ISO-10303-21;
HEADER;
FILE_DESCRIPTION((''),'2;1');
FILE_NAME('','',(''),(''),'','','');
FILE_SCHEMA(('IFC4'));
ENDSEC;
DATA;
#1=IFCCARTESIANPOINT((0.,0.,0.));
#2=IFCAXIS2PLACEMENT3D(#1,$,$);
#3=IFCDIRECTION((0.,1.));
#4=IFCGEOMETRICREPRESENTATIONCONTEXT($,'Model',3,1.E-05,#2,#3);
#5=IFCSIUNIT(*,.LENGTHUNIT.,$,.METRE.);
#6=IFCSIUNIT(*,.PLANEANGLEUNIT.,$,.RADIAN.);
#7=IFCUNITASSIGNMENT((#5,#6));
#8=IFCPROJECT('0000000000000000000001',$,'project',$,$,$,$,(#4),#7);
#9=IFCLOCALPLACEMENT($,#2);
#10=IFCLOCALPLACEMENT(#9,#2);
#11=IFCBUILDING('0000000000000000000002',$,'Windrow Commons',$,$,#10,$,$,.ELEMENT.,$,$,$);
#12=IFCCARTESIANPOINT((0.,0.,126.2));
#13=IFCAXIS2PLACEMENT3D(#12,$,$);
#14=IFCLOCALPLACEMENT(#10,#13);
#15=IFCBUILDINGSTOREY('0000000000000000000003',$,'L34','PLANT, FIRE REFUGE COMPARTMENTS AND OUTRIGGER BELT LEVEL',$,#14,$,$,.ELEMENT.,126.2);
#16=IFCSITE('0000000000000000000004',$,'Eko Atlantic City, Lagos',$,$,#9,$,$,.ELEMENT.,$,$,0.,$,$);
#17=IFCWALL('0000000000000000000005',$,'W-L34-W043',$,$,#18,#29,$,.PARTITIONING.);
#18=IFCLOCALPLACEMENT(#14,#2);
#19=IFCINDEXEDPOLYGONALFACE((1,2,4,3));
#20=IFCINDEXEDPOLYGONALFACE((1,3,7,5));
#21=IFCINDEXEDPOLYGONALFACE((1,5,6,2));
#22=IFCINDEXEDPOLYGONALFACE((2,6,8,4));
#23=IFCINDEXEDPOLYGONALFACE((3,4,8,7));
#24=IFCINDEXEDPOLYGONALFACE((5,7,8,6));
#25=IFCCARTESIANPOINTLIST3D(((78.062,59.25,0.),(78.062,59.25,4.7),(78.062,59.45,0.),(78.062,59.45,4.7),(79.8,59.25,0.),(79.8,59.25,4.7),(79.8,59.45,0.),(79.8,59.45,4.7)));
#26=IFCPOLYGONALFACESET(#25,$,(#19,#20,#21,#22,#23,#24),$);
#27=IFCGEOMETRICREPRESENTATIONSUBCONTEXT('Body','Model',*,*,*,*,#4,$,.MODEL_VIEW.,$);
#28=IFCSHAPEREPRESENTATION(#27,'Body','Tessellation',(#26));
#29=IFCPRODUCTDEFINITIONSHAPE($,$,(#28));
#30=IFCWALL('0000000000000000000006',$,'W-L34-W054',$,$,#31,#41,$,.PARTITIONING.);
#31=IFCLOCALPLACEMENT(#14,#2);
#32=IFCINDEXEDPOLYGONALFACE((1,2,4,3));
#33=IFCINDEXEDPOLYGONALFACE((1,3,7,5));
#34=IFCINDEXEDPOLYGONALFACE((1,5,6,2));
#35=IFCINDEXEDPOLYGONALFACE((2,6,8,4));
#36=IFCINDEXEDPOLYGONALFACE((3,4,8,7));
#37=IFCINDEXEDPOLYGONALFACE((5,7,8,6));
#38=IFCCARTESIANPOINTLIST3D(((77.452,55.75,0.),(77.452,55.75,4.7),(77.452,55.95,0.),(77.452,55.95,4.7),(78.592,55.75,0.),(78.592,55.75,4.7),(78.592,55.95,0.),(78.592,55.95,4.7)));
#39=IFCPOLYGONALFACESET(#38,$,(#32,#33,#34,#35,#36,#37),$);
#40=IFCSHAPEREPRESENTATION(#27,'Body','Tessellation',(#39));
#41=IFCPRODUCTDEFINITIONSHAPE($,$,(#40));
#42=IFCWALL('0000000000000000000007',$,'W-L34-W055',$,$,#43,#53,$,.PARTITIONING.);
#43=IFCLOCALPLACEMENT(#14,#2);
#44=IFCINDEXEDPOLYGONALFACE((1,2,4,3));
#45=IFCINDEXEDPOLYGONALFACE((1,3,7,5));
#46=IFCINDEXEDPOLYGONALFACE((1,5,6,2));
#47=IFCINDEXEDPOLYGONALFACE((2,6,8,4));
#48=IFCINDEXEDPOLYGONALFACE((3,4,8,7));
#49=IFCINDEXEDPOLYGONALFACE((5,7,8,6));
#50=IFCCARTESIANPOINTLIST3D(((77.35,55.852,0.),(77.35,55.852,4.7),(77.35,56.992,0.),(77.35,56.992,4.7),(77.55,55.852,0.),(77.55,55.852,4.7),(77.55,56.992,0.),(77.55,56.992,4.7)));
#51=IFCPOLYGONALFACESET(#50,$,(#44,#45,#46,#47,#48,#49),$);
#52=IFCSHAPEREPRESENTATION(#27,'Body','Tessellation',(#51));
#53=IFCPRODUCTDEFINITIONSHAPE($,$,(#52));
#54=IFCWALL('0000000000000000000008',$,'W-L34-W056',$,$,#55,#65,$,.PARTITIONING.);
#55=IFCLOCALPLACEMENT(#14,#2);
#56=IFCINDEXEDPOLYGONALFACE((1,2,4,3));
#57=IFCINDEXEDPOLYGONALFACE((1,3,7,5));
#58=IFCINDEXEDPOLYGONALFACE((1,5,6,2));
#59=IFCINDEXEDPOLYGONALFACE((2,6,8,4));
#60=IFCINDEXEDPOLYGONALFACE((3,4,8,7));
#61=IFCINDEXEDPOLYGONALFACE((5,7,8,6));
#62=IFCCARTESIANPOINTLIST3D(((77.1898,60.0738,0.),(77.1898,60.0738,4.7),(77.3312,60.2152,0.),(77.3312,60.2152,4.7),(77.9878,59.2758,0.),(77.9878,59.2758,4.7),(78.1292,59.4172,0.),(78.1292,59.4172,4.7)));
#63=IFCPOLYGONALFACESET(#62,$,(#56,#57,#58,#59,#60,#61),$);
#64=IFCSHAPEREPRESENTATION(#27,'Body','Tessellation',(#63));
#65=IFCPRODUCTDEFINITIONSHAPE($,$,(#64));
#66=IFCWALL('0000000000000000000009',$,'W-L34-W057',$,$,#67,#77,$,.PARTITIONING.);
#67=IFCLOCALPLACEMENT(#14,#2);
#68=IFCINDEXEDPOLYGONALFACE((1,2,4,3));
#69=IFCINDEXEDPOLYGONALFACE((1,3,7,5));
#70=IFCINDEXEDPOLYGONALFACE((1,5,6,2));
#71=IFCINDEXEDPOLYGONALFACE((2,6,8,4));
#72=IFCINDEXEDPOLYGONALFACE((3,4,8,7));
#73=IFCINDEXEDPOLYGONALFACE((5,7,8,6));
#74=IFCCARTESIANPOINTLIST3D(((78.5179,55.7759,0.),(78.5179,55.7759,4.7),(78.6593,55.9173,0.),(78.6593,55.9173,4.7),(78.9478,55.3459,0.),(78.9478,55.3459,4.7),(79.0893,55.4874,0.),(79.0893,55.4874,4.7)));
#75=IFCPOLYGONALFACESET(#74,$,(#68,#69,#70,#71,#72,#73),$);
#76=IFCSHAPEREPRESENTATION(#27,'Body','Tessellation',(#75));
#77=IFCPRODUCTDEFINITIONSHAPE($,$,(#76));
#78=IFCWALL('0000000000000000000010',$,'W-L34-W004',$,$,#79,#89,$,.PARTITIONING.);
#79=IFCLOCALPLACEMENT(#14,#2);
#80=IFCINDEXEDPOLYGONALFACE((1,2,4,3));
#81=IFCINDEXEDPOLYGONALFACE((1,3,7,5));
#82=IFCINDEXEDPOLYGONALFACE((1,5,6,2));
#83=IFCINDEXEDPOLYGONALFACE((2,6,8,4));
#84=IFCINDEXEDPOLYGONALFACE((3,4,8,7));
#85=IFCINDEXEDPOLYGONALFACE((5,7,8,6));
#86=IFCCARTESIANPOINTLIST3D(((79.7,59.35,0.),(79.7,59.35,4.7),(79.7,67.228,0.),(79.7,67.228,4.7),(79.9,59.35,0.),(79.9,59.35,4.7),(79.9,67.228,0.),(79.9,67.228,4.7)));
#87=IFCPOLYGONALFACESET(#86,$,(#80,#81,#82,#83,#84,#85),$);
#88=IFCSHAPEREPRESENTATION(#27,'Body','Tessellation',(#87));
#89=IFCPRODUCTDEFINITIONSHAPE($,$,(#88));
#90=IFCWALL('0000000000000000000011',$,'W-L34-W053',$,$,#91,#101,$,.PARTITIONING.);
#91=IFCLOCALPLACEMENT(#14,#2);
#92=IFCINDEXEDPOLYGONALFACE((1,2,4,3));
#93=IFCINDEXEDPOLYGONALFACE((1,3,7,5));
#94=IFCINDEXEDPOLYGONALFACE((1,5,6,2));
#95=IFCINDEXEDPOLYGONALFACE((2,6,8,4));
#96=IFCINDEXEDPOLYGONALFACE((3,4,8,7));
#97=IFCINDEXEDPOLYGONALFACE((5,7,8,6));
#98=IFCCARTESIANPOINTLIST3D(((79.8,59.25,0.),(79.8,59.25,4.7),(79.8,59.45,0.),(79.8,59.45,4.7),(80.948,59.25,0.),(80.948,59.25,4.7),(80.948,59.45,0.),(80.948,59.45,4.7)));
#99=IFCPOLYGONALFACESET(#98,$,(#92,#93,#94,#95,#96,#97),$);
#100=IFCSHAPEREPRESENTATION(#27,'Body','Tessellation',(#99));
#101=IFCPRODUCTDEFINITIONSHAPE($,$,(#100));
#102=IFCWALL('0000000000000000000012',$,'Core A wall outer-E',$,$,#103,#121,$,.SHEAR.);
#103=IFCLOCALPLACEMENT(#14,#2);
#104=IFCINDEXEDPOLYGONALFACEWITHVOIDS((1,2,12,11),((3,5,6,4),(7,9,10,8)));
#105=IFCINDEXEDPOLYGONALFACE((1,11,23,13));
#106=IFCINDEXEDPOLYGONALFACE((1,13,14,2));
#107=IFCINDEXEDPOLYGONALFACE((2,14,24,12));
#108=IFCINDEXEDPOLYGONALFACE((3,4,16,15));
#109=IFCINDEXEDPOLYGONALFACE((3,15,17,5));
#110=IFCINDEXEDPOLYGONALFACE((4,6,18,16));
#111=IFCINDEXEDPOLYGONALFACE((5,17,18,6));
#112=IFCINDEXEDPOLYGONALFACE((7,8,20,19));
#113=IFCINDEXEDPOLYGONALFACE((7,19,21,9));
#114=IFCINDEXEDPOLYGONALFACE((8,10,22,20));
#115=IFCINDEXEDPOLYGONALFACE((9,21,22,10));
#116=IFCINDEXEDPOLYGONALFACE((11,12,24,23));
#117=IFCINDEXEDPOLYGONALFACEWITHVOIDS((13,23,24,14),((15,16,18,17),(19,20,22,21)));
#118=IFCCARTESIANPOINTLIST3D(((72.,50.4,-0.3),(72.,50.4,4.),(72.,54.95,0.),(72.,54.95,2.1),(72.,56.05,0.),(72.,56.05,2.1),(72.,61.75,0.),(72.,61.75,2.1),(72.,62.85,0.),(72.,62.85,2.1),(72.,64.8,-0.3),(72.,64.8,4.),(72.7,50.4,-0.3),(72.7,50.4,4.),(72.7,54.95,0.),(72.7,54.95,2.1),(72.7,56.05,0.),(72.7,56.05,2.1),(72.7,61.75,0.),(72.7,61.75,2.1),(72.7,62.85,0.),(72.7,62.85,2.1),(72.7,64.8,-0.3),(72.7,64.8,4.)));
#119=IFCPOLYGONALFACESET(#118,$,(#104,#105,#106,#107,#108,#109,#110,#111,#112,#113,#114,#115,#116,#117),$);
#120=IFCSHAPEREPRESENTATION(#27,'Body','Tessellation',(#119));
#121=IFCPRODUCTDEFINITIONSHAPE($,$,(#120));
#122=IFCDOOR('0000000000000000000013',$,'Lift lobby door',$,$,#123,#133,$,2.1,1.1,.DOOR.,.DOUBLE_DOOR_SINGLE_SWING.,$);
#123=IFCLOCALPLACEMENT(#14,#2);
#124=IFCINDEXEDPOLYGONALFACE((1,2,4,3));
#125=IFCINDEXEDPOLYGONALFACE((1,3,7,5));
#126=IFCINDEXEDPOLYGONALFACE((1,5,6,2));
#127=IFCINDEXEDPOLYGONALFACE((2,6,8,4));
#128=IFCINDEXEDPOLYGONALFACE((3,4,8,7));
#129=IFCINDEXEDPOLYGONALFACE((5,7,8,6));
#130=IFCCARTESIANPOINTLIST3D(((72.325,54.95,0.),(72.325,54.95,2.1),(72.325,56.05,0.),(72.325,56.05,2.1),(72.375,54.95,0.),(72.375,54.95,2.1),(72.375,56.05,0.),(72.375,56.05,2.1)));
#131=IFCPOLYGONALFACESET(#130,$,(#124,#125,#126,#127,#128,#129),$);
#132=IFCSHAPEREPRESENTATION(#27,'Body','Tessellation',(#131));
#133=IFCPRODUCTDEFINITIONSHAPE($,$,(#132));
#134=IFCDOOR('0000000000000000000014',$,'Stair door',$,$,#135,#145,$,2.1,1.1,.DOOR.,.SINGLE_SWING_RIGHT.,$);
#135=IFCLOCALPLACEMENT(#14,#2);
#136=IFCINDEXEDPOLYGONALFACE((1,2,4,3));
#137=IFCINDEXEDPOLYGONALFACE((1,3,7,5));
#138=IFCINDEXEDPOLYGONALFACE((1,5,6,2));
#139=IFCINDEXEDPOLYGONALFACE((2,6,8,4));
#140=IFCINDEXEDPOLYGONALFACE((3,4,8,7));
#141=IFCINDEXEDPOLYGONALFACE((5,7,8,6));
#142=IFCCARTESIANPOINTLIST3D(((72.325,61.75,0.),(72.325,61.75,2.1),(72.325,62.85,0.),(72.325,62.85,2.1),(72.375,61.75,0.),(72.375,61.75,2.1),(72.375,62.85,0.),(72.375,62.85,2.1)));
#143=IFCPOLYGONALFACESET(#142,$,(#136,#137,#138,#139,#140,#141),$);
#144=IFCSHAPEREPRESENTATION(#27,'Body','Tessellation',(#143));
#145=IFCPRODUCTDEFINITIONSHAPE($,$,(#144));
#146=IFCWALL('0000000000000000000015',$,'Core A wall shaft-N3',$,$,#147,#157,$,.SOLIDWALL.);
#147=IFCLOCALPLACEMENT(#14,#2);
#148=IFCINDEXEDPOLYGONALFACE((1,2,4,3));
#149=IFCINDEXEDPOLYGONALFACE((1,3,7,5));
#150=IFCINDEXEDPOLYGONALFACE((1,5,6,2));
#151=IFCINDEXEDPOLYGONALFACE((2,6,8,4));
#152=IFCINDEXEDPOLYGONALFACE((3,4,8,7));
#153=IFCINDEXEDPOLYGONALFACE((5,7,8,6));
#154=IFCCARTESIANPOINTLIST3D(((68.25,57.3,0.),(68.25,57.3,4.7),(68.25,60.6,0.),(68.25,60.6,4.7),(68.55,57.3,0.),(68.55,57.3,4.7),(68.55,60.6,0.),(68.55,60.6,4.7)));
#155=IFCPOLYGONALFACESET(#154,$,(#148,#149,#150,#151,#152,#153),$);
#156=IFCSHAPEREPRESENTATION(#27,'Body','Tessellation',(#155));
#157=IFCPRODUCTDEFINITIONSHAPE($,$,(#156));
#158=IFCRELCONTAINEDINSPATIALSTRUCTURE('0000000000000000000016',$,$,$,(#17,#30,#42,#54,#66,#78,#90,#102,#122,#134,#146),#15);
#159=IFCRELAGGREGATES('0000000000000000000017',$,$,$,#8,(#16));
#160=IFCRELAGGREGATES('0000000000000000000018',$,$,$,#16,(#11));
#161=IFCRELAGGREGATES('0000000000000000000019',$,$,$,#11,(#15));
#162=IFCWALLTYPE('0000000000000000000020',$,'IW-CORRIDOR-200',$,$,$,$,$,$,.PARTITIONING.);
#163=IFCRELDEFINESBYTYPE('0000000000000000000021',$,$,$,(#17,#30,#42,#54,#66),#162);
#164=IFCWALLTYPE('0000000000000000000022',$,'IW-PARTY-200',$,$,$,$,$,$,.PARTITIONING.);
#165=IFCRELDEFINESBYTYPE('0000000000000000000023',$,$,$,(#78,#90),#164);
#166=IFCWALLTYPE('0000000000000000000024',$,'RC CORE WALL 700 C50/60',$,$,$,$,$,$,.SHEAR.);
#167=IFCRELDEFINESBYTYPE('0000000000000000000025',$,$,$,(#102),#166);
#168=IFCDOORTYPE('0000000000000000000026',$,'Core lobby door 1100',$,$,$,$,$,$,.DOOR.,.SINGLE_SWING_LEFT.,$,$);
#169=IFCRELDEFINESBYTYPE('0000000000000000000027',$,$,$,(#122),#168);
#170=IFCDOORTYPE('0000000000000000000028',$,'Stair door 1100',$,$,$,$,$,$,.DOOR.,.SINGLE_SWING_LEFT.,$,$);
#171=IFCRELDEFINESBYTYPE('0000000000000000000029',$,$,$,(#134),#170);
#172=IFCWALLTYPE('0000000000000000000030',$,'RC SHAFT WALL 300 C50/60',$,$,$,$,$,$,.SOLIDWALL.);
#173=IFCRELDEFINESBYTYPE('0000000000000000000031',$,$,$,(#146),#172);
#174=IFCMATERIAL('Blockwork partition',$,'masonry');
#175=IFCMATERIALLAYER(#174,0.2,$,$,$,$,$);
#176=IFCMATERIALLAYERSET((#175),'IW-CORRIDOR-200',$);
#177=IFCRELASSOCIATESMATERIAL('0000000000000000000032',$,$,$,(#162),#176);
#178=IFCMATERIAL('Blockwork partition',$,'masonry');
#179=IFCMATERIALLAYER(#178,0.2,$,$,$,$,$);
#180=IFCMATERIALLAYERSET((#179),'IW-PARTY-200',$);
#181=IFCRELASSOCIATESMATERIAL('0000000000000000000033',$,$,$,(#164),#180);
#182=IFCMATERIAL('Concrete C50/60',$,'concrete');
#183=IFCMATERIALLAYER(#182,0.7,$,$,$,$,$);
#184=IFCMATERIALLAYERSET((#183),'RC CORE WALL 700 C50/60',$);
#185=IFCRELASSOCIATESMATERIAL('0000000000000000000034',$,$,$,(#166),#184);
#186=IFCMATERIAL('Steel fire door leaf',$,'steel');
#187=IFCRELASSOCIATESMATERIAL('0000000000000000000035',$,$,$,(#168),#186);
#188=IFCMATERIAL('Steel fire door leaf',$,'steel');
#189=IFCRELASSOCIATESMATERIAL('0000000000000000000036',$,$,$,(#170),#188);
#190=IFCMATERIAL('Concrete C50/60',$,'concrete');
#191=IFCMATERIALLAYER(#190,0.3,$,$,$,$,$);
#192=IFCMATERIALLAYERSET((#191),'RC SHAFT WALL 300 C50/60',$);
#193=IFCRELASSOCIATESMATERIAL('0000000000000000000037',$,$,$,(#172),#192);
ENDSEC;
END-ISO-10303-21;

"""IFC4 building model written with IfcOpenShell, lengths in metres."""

from ifc_helpers import new_model, si_unit, direction, frame, frame_2d, origin, place, context, subcontext, project, spatial, rectangle, extrude, material, layer, layer_set, type_object, element, fill, save


model = new_model("IFC4")

# Units and contexts
model_context = context("Model", 3, precision=1e-05, world=origin(), true_north=direction((0.0, 1.0)))
body_context = subcontext(model_context, "Body", "Model", "MODEL_VIEW")
ifc_project = project(units=[si_unit("LENGTHUNIT", "METRE"), si_unit("PLANEANGLEUNIT", "RADIAN")], contexts=[model_context])

# Site, building, storey
site_placement = place(None, origin())
site = spatial("IfcSite", under=ifc_project, at=site_placement, Name="Eko Atlantic City, Lagos", CompositionType="ELEMENT", RefElevation=0.0)
building_placement = place(site_placement, origin())
building = spatial("IfcBuilding", under=site, at=building_placement, Name="Windrow Commons", CompositionType="ELEMENT")
storey_placement = place(building_placement, frame((0.0, 0.0, 126.2)))
storey = spatial("IfcBuildingStorey", under=building, at=storey_placement, Name="L34", Description="PLANT, FIRE REFUGE COMPARTMENTS AND OUTRIGGER BELT LEVEL", CompositionType="ELEMENT", Elevation=126.2)

# Shared definitions
ifc_material_1 = material(Name="Blockwork partition", Category="masonry")
ifc_layer_1 = layer(ifc_material_1, 0.2)
ifc_layer_set_1 = layer_set([ifc_layer_1], Name="IW-CORRIDOR-200")
wall_type_1 = type_object("IfcWallType", Name="IW-CORRIDOR-200", PredefinedType="PARTITIONING", material=ifc_layer_set_1)

# Walls
wall_1_placement = place(storey_placement, frame((78.062, 59.35, 0.0), z_axis=(0.0, 0.0, 1.0), x_axis=(1.0, 0.0, 0.0)))
element("IfcWall", 1, at=wall_1_placement, inside=storey, type_object=wall_type_1, Name="W-L34-W043", PredefinedType="PARTITIONING", context=body_context, shape_type="SweptSolid", body=[
    extrude(rectangle(XDim=1.738, YDim=0.2, at=frame_2d((0.869, 0.0))), origin(), (0.0, 0.0, 1.0), 4.7),
])
for number, where, z_axis, x_axis, name in (
    (2, (77.452, 55.85, 0.0), (0.0, 0.0, 1.0), (1.0, 0.0, 0.0), "W-L34-W054"),
    (3, (77.45, 55.852, 0.0), (0.0, 0.0, 1.0), (0.0, 1.0, 0.0), "W-L34-W055"),
):
    element("IfcWall", number, at=place(storey_placement, frame(where, z_axis=z_axis, x_axis=x_axis)), inside=storey, type_object=wall_type_1, Name=name, PredefinedType="PARTITIONING", context=body_context, shape_type="SweptSolid", body=[
        extrude(rectangle(XDim=1.14, YDim=0.2, at=frame_2d((0.57, 0.0))), origin(), (0.0, 0.0, 1.0), 4.7),
    ])
wall_2_placement = place(storey_placement, frame((77.2605, 60.1445, 0.0), z_axis=(0.0, 0.0, 1.0), x_axis=(0.707107, -0.707107, 0.0)))
element("IfcWall", 4, at=wall_2_placement, inside=storey, type_object=wall_type_1, Name="W-L34-W056", PredefinedType="PARTITIONING", context=body_context, shape_type="SweptSolid", body=[
    extrude(rectangle(XDim=1.1285, YDim=0.2, at=frame_2d((0.5643, 0.0))), origin(), (0.0, 0.0, 1.0), 4.7),
])
wall_3_placement = place(storey_placement, frame((78.5886, 55.8466, 0.0), z_axis=(0.0, 0.0, 1.0), x_axis=(0.707107, -0.707107, 0.0)))
element("IfcWall", 5, at=wall_3_placement, inside=storey, type_object=wall_type_1, Name="W-L34-W057", PredefinedType="PARTITIONING", context=body_context, shape_type="SweptSolid", body=[
    extrude(rectangle(XDim=0.6081, YDim=0.2, at=frame_2d((0.304, 0.0))), origin(), (0.0, 0.0, 1.0), 4.7),
])
ifc_material_2 = material(Name="Blockwork partition", Category="masonry")
ifc_layer_2 = layer(ifc_material_2, 0.2)
ifc_layer_set_2 = layer_set([ifc_layer_2], Name="IW-PARTY-200")
wall_type_2 = type_object("IfcWallType", Name="IW-PARTY-200", PredefinedType="PARTITIONING", material=ifc_layer_set_2)
wall_4_placement = place(storey_placement, frame((79.8, 59.35, 0.0), z_axis=(0.0, 0.0, 1.0), x_axis=(0.0, 1.0, 0.0)))
element("IfcWall", 6, at=wall_4_placement, inside=storey, type_object=wall_type_2, Name="W-L34-W004", PredefinedType="PARTITIONING", context=body_context, shape_type="SweptSolid", body=[
    extrude(rectangle(XDim=7.8781, YDim=0.2, at=frame_2d((3.939, 0.0))), origin(), (0.0, 0.0, 1.0), 4.7),
])
wall_5_placement = place(storey_placement, frame((79.8, 59.35, 0.0), z_axis=(0.0, 0.0, 1.0), x_axis=(1.0, 0.0, 0.0)))
element("IfcWall", 7, at=wall_5_placement, inside=storey, type_object=wall_type_2, Name="W-L34-W053", PredefinedType="PARTITIONING", context=body_context, shape_type="SweptSolid", body=[
    extrude(rectangle(XDim=1.148, YDim=0.2, at=frame_2d((0.574, 0.0))), origin(), (0.0, 0.0, 1.0), 4.7),
])

# Wall, openings, doors
ifc_material_3 = material(Name="Concrete C50/60", Category="concrete")
ifc_layer_3 = layer(ifc_material_3, 0.7)
ifc_layer_set_3 = layer_set([ifc_layer_3], Name="RC CORE WALL 700 C50/60")
wall_type_3 = type_object("IfcWallType", Name="RC CORE WALL 700 C50/60", PredefinedType="SHEAR", material=ifc_layer_set_3)
wall_6_placement = place(storey_placement, frame((72.35, 50.4, -0.3), z_axis=(0.0, 0.0, 1.0), x_axis=(0.0, 1.0, 0.0)))
wall_6 = element("IfcWall", 8, at=wall_6_placement, inside=storey, type_object=wall_type_3, Name="Core A wall outer-E", PredefinedType="SHEAR", context=body_context, shape_type="SweptSolid", body=[
    extrude(rectangle(XDim=14.4, YDim=0.7, at=frame_2d((7.2, 0.0))), origin(), (0.0, 0.0, 1.0), 4.3),
])
opening_1_placement = place(wall_6_placement, frame((4.55, 0.0, 0.3)))
opening_1 = element("IfcOpeningElement", 9, at=opening_1_placement, cuts=wall_6, PredefinedType="OPENING", context=body_context, shape_type="SweptSolid", body=[
    extrude(rectangle(XDim=1.1, YDim=2.1, at=frame_2d((0.55, 1.05))), frame((0.0, 0.36, 0.0), z_axis=(0.0, -1.0, 0.0), x_axis=(1.0, 0.0, 0.0)), (0.0, 0.0, 1.0), 0.72),
])
opening_2_placement = place(wall_6_placement, frame((11.35, 0.0, 0.3)))
opening_2 = element("IfcOpeningElement", 10, at=opening_2_placement, cuts=wall_6, PredefinedType="OPENING", context=body_context, shape_type="SweptSolid", body=[
    extrude(rectangle(XDim=1.1, YDim=2.1, at=frame_2d((0.55, 1.05))), frame((0.0, 0.36, 0.0), z_axis=(0.0, -1.0, 0.0), x_axis=(1.0, 0.0, 0.0)), (0.0, 0.0, 1.0), 0.72),
])
ifc_material_4 = material(Name="Steel fire door leaf", Category="steel")
door_type_1 = type_object("IfcDoorType", Name="Core lobby door 1100", OperationType="SINGLE_SWING_LEFT", PredefinedType="DOOR", material=ifc_material_4)
door_1_placement = place(opening_1_placement, origin())
door_1 = element("IfcDoor", 11, at=door_1_placement, inside=storey, type_object=door_type_1, Name="Lift lobby door", OperationType="DOUBLE_DOOR_SINGLE_SWING", OverallHeight=2.1, OverallWidth=1.1, PredefinedType="DOOR", context=body_context, shape_type="SweptSolid", body=[
    extrude(rectangle(XDim=1.1, YDim=2.1, at=frame_2d((0.55, 1.05))), frame((0.0, 0.025, 0.0), z_axis=(0.0, -1.0, 0.0), x_axis=(1.0, 0.0, 0.0)), (0.0, 0.0, 1.0), 0.05),
])
fill(opening_1, door_1)
ifc_material_5 = material(Name="Steel fire door leaf", Category="steel")
door_type_2 = type_object("IfcDoorType", Name="Stair door 1100", OperationType="SINGLE_SWING_LEFT", PredefinedType="DOOR", material=ifc_material_5)
door_2_placement = place(opening_2_placement, origin())
door_2 = element("IfcDoor", 12, at=door_2_placement, inside=storey, type_object=door_type_2, Name="Stair door", OperationType="SINGLE_SWING_RIGHT", OverallHeight=2.1, OverallWidth=1.1, PredefinedType="DOOR", context=body_context, shape_type="SweptSolid", body=[
    extrude(rectangle(XDim=1.1, YDim=2.1, at=frame_2d((0.55, 1.05))), frame((0.0, 0.025, 0.0), z_axis=(0.0, -1.0, 0.0), x_axis=(1.0, 0.0, 0.0)), (0.0, 0.0, 1.0), 0.05),
])
fill(opening_2, door_2)

# Wall
ifc_material_6 = material(Name="Concrete C50/60", Category="concrete")
ifc_layer_4 = layer(ifc_material_6, 0.3)
ifc_layer_set_4 = layer_set([ifc_layer_4], Name="RC SHAFT WALL 300 C50/60")
wall_type_4 = type_object("IfcWallType", Name="RC SHAFT WALL 300 C50/60", PredefinedType="SOLIDWALL", material=ifc_layer_set_4)
wall_7_placement = place(storey_placement, frame((68.4, 57.3, 0.0), z_axis=(0.0, 0.0, 1.0), x_axis=(0.0, 1.0, 0.0)))
element("IfcWall", 13, at=wall_7_placement, inside=storey, type_object=wall_type_4, Name="Core A wall shaft-N3", PredefinedType="SOLIDWALL", context=body_context, shape_type="SweptSolid", body=[
    extrude(rectangle(XDim=3.3, YDim=0.3, at=frame_2d((1.65, 0.0))), origin(), (0.0, 0.0, 1.0), 4.7),
])

save(model, "model.ifc")
